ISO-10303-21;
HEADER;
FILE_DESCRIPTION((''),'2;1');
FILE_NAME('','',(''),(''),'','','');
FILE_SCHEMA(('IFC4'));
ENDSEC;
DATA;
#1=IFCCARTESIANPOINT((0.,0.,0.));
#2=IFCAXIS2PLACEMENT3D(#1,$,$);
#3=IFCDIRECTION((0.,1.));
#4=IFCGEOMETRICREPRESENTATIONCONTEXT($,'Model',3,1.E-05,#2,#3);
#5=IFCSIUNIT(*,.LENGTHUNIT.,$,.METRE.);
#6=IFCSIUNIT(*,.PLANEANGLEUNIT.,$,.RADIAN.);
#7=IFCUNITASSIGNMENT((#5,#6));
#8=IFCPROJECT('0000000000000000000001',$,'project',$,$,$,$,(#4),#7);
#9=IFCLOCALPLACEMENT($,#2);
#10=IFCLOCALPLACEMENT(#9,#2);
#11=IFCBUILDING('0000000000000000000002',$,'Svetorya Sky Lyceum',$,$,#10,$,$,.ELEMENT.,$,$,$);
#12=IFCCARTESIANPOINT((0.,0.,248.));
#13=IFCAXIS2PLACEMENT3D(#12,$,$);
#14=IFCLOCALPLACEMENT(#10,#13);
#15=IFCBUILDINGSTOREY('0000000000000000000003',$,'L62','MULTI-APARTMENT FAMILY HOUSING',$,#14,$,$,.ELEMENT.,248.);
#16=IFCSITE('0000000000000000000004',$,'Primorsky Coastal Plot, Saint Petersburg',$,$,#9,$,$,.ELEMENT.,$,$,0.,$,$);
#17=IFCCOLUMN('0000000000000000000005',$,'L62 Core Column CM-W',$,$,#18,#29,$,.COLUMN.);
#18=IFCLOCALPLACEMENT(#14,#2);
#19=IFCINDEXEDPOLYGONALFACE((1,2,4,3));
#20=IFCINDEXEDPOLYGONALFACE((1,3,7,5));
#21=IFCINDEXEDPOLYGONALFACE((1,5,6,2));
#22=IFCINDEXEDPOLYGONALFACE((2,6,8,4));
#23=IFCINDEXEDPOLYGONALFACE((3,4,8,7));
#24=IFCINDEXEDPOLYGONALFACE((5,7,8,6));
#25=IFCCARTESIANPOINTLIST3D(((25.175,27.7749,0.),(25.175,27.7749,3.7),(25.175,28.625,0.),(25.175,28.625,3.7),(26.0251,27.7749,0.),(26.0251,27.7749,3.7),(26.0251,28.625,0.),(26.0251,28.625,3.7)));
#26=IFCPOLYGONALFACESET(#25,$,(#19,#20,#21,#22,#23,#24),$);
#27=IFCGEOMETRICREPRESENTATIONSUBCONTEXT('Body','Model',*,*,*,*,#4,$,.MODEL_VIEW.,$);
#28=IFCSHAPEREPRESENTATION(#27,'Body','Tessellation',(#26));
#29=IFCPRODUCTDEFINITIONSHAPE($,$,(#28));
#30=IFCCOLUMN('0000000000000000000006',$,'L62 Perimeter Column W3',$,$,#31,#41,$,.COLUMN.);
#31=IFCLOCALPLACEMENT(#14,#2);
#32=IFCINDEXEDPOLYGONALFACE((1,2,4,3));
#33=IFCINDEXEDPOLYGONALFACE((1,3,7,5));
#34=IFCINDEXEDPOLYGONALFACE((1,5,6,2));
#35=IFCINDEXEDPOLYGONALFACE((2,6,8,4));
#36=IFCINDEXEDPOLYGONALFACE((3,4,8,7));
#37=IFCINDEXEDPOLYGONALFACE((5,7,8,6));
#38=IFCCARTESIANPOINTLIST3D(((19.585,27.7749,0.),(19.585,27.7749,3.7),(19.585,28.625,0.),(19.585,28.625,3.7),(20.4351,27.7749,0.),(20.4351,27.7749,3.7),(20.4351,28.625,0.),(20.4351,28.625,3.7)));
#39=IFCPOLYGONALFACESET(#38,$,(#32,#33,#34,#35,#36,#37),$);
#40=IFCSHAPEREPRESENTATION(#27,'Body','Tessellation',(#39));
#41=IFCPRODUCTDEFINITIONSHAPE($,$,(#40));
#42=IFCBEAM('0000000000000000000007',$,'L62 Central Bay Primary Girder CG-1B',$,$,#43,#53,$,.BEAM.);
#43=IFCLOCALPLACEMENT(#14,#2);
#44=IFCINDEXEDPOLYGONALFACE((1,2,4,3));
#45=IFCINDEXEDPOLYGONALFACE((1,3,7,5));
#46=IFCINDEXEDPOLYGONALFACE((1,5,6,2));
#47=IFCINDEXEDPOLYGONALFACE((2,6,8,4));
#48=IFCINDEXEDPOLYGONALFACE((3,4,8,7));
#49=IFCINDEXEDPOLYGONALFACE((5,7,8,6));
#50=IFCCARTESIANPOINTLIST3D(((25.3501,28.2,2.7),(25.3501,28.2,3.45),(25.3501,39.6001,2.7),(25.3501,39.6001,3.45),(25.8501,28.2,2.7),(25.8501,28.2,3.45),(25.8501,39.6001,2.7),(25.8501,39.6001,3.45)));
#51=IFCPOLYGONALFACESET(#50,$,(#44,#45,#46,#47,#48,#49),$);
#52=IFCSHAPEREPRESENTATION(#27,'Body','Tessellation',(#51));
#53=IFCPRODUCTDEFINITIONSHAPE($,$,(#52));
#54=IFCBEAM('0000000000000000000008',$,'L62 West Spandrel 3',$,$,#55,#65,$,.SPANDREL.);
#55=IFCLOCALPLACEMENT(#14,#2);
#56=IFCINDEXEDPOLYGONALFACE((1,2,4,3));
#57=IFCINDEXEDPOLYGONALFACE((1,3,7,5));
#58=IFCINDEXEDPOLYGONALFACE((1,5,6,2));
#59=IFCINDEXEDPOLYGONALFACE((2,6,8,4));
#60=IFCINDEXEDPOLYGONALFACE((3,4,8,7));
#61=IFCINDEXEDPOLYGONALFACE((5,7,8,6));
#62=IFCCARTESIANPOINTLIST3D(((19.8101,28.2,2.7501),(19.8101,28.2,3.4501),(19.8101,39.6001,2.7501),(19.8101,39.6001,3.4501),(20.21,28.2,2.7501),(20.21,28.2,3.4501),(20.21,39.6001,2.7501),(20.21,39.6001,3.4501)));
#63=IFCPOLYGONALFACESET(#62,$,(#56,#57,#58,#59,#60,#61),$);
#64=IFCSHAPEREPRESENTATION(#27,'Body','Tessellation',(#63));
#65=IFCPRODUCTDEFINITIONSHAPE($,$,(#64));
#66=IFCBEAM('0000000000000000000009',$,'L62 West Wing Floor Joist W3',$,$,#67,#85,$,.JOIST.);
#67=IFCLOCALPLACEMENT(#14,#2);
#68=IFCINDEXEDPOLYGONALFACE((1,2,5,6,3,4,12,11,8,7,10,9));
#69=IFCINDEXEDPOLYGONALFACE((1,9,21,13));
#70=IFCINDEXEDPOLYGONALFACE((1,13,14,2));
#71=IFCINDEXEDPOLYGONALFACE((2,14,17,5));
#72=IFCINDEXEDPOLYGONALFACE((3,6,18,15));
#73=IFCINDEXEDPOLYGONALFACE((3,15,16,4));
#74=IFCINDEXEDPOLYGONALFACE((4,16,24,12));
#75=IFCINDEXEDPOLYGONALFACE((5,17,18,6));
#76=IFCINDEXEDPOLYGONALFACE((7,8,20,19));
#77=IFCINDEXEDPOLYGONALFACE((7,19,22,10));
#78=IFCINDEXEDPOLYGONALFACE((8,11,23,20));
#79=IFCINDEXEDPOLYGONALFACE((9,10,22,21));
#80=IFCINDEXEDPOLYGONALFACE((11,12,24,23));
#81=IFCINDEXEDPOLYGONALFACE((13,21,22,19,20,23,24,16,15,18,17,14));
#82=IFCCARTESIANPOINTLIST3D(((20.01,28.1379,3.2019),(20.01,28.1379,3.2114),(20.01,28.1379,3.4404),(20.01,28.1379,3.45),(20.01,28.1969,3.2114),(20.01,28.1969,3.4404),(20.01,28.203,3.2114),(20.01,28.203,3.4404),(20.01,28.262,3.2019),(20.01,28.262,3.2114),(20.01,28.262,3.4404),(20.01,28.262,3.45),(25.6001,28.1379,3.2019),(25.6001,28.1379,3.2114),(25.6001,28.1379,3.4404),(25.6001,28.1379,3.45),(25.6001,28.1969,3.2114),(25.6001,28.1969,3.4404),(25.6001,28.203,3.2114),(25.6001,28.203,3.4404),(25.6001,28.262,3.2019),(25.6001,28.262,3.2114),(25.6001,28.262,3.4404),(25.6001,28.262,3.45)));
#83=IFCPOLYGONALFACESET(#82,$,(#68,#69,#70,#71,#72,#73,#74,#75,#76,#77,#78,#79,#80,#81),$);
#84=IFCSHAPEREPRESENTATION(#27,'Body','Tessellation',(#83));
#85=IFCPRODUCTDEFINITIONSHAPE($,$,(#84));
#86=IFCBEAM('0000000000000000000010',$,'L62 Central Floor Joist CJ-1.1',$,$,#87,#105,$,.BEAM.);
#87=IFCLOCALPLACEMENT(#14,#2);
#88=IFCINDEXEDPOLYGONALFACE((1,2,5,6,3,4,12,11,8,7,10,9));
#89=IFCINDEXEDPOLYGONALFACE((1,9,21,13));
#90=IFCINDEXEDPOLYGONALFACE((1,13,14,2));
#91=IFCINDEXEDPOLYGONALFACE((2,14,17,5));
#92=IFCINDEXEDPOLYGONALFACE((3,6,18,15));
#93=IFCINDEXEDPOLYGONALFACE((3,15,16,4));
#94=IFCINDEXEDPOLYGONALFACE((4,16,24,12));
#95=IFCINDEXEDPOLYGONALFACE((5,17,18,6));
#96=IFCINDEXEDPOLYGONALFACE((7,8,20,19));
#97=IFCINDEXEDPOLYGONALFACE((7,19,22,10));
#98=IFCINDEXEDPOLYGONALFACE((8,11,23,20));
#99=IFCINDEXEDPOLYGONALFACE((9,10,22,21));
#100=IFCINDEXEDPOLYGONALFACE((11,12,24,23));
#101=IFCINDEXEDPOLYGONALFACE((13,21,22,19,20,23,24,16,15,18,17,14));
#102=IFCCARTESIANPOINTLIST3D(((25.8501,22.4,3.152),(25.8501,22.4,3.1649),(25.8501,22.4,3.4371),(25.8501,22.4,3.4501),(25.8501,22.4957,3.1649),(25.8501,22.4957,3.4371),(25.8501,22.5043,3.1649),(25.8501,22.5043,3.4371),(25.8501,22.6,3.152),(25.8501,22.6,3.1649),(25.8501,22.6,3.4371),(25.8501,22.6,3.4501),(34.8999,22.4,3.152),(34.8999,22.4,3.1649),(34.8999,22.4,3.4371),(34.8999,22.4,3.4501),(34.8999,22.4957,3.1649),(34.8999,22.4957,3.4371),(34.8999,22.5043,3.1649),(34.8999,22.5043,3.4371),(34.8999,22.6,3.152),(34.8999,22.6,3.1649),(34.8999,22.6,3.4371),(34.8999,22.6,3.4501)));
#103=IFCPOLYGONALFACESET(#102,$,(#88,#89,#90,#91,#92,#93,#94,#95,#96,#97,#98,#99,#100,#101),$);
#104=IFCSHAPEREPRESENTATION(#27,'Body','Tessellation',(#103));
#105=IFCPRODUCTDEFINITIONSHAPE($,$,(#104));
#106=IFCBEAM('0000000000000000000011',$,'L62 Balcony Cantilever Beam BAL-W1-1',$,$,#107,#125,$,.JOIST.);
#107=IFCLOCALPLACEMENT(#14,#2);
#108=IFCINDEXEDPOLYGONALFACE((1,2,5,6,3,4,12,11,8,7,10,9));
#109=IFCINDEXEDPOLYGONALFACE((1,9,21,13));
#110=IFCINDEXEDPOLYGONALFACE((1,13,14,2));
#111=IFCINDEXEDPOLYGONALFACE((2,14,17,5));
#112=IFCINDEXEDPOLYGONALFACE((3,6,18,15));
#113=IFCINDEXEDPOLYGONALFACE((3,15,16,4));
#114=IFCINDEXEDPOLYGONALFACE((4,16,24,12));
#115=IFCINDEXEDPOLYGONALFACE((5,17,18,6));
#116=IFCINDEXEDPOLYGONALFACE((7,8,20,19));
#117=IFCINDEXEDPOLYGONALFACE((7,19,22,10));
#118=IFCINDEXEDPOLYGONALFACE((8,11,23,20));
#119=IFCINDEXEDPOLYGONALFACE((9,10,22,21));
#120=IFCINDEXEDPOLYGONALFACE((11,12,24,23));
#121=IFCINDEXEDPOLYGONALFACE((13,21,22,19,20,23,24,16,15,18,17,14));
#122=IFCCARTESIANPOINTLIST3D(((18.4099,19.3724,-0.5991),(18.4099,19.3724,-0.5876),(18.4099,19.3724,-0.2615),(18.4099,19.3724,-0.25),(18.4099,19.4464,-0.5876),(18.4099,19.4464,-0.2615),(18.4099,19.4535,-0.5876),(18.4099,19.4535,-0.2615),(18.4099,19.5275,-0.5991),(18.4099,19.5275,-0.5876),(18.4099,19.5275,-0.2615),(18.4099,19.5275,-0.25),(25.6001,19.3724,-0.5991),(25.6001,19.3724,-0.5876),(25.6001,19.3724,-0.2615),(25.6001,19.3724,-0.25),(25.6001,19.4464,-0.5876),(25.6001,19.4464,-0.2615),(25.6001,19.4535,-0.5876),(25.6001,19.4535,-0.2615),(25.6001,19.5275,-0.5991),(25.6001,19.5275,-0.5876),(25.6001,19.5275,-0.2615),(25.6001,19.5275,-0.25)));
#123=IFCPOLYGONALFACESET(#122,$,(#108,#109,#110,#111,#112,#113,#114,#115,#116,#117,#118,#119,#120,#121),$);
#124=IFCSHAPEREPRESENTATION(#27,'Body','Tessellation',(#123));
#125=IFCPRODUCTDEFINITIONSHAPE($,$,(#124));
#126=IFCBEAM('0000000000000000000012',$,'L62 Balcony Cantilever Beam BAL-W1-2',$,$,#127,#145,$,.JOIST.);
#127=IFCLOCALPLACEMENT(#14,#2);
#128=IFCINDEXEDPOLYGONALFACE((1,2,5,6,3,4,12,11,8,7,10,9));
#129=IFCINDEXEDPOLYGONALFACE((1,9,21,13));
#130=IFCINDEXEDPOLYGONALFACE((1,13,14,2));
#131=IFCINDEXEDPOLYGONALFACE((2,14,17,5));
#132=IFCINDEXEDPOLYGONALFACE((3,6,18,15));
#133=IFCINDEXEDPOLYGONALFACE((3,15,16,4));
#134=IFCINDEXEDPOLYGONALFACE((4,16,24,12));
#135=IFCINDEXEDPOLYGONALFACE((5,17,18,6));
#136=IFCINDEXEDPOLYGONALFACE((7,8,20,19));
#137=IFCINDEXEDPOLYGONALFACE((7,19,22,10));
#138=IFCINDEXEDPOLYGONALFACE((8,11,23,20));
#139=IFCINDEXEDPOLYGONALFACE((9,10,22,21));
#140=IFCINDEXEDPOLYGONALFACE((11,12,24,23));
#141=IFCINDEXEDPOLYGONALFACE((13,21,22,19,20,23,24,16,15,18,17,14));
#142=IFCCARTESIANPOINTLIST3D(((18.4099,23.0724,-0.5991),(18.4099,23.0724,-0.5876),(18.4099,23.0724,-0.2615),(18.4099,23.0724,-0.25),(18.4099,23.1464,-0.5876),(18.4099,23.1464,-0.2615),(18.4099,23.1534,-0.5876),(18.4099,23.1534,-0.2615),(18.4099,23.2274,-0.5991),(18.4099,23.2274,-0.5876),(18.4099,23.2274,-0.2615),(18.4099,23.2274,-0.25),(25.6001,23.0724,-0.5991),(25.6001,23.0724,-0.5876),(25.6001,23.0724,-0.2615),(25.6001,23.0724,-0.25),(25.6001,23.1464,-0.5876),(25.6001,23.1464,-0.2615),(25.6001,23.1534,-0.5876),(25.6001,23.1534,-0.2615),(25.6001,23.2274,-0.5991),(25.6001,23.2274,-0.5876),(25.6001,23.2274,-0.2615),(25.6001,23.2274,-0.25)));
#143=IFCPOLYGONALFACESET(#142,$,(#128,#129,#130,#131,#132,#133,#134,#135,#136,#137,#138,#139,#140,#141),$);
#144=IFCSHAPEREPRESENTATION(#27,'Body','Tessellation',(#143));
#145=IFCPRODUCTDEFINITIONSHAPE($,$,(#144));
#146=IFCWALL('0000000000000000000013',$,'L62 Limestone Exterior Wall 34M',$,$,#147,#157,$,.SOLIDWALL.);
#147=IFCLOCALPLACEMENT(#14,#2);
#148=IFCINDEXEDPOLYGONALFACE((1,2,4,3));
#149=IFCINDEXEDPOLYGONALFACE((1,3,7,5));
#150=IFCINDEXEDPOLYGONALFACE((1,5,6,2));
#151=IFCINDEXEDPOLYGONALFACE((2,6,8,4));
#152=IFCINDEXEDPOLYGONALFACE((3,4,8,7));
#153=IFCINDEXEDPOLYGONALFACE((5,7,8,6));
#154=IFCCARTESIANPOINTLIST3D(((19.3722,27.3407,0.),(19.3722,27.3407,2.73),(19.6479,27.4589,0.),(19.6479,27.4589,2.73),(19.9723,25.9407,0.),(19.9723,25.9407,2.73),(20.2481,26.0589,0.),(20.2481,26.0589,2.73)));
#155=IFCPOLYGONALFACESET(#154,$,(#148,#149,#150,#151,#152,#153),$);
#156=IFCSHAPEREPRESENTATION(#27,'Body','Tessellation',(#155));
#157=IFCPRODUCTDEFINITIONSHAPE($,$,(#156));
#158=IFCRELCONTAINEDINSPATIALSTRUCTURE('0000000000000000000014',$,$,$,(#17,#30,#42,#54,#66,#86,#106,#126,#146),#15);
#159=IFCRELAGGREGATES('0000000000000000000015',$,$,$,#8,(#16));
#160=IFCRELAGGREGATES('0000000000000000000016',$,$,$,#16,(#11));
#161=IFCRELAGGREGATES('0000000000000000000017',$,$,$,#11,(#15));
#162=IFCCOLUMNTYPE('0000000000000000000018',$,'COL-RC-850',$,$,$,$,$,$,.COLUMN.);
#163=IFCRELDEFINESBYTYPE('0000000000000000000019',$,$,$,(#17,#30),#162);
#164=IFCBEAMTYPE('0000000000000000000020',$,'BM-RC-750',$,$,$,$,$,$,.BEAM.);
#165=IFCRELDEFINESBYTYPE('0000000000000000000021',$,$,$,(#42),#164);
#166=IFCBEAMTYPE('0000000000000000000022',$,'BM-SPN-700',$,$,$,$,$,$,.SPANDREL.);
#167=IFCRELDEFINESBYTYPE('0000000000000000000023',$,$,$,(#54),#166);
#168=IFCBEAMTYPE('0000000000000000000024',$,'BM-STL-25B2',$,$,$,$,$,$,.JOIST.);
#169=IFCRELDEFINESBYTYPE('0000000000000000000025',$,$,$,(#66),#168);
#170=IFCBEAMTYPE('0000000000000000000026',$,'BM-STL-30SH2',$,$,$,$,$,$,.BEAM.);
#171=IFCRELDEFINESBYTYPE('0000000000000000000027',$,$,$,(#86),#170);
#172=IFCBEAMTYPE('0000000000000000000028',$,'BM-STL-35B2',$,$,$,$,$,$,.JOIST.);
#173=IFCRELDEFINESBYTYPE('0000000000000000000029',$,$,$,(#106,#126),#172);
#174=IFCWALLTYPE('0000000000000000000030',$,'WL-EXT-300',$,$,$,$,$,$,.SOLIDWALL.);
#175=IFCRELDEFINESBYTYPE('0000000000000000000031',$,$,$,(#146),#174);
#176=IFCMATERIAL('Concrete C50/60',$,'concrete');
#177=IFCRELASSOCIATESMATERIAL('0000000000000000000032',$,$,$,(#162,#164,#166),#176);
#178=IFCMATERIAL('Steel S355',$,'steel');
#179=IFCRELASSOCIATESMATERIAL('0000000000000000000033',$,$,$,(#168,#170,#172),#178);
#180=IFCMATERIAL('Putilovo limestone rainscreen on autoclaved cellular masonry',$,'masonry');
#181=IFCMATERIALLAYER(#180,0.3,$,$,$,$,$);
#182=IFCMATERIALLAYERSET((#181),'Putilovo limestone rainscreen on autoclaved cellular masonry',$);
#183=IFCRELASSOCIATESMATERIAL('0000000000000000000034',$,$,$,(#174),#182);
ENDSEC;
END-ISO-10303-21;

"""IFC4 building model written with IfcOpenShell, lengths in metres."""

from ifc_helpers import new_model, si_unit, direction, frame, frame_2d, origin, origin_2d, place, context, subcontext, project, spatial, rectangle, i_section, extrude, material, layer, layer_set, material_profile, profile_set, type_object, element, save


model = new_model("IFC4")

# Units and contexts
model_context = context("Model", 3, precision=1e-05, world=origin(), true_north=direction((0.0, 1.0)))
body_context = subcontext(model_context, "Body", "Model", "MODEL_VIEW")
ifc_project = project(units=[si_unit("LENGTHUNIT", "METRE"), si_unit("PLANEANGLEUNIT", "RADIAN")], contexts=[model_context])

# Site, building, storey
site_placement = place(None, origin())
site = spatial("IfcSite", under=ifc_project, at=site_placement, Name="Primorsky Coastal Plot, Saint Petersburg", CompositionType="ELEMENT", RefElevation=0.0)
building_placement = place(site_placement, origin())
building = spatial("IfcBuilding", under=site, at=building_placement, Name="Svetorya Sky Lyceum", CompositionType="ELEMENT")
storey_placement = place(building_placement, frame((0.0, 0.0, 248.0)))
storey = spatial("IfcBuildingStorey", under=building, at=storey_placement, Name="L62", Description="MULTI-APARTMENT FAMILY HOUSING", CompositionType="ELEMENT", Elevation=248.0)

# Columns
ifc_material_1 = material(Name="Concrete C50/60", Category="concrete")
ifc_material_profile_1 = material_profile(ifc_material_1, rectangle(XDim=0.8501, YDim=0.8501, at=origin_2d()), Name="RC COL 850x850")
ifc_profile_set_1 = profile_set([ifc_material_profile_1], Name="Concrete C50/60")
column_type = type_object("IfcColumnType", Name="COL-RC-850", PredefinedType="COLUMN", material=ifc_profile_set_1)
for number, where, z_axis, x_axis, name in (
    (1, (25.6001, 28.2, 0.0), (0.0, 0.0, 1.0), (1.0, 0.0, 0.0), "L62 Core Column CM-W"),
    (2, (20.01, 28.2, 0.0), (0.0, 0.0, 1.0), (1.0, 0.0, 0.0), "L62 Perimeter Column W3"),
):
    element("IfcColumn", number, at=place(storey_placement, frame(where, z_axis=z_axis, x_axis=x_axis)), inside=storey, type_object=column_type, Name=name, PredefinedType="COLUMN", context=body_context, shape_type="SweptSolid", body=[
        extrude(rectangle(XDim=0.8501, YDim=0.8501, at=origin_2d()), origin(), (0.0, 0.0, 1.0), 3.7),
    ])

# Beams
ifc_material_profile_2 = material_profile(ifc_material_1, rectangle(XDim=0.5, YDim=0.75, at=origin_2d()), Name="RC BEAM 500x750")
ifc_profile_set_2 = profile_set([ifc_material_profile_2], Name="Concrete C50/60")
beam_type_1 = type_object("IfcBeamType", Name="BM-RC-750", PredefinedType="BEAM", material=ifc_profile_set_2)
beam_1_placement = place(storey_placement, frame((25.6001, 28.2, 3.075), z_axis=(0.0, 1.0, 0.0), x_axis=(-1.0, 0.0, 0.0)))
element("IfcBeam", 3, at=beam_1_placement, inside=storey, type_object=beam_type_1, Name="L62 Central Bay Primary Girder CG-1B", PredefinedType="BEAM", context=body_context, shape_type="SweptSolid", body=[
    extrude(rectangle(XDim=0.5, YDim=0.75, at=origin_2d()), origin(), (0.0, 0.0, 1.0), 11.4001),
])
ifc_material_profile_3 = material_profile(ifc_material_1, rectangle(XDim=0.3999, YDim=0.7, at=origin_2d()), Name="RC SPANDREL 400x700")
ifc_profile_set_3 = profile_set([ifc_material_profile_3], Name="Concrete C50/60")
beam_type_2 = type_object("IfcBeamType", Name="BM-SPN-700", PredefinedType="SPANDREL", material=ifc_profile_set_3)
beam_2_placement = place(storey_placement, frame((20.01, 28.2, 3.1001), z_axis=(0.0, 1.0, 0.0), x_axis=(-1.0, 0.0, 0.0)))
element("IfcBeam", 4, at=beam_2_placement, inside=storey, type_object=beam_type_2, Name="L62 West Spandrel 3", PredefinedType="SPANDREL", context=body_context, shape_type="SweptSolid", body=[
    extrude(rectangle(XDim=0.3999, YDim=0.7, at=origin_2d()), origin(), (0.0, 0.0, 1.0), 11.4001),
])
ifc_material_2 = material(Name="Steel S355", Category="steel")
ifc_material_profile_4 = material_profile(ifc_material_2, i_section(OverallWidth=0.124, OverallDepth=0.248, WebThickness=0.0061, FlangeThickness=0.0095, at=origin_2d()), Name="GOST 25B2")
ifc_profile_set_4 = profile_set([ifc_material_profile_4], Name="Steel S355")
beam_type_3 = type_object("IfcBeamType", Name="BM-STL-25B2", PredefinedType="JOIST", material=ifc_profile_set_4)
beam_3_placement = place(storey_placement, frame((20.01, 28.2, 3.3259), z_axis=(1.0, 0.0, 0.0), x_axis=(0.0, 1.0, 0.0)))
element("IfcBeam", 5, at=beam_3_placement, inside=storey, type_object=beam_type_3, Name="L62 West Wing Floor Joist W3", PredefinedType="JOIST", context=body_context, shape_type="SweptSolid", body=[
    extrude(i_section(OverallWidth=0.124, OverallDepth=0.248, WebThickness=0.0061, FlangeThickness=0.0095, at=origin_2d()), origin(), (0.0, 0.0, 1.0), 5.5901),
])
ifc_material_profile_5 = material_profile(ifc_material_2, i_section(OverallWidth=0.2, OverallDepth=0.2981, WebThickness=0.0085, FlangeThickness=0.0129, at=origin_2d()), Name="GOST 30Sh2")
ifc_profile_set_5 = profile_set([ifc_material_profile_5], Name="Steel S355")
beam_type_4 = type_object("IfcBeamType", Name="BM-STL-30SH2", PredefinedType="BEAM", material=ifc_profile_set_5)
beam_4_placement = place(storey_placement, frame((25.8501, 22.5, 3.301), z_axis=(1.0, 0.0, 0.0), x_axis=(0.0, 1.0, 0.0)))
element("IfcBeam", 6, at=beam_4_placement, inside=storey, type_object=beam_type_4, Name="L62 Central Floor Joist CJ-1.1", PredefinedType="BEAM", context=body_context, shape_type="SweptSolid", body=[
    extrude(i_section(OverallWidth=0.2, OverallDepth=0.2981, WebThickness=0.0085, FlangeThickness=0.0129, at=origin_2d()), origin(), (0.0, 0.0, 1.0), 9.0498),
])
ifc_material_profile_6 = material_profile(ifc_material_2, i_section(OverallWidth=0.155, OverallDepth=0.3491, WebThickness=0.0071, FlangeThickness=0.0115, at=origin_2d()), Name="GOST 35B2")
ifc_profile_set_6 = profile_set([ifc_material_profile_6], Name="Steel S355")
beam_type_5 = type_object("IfcBeamType", Name="BM-STL-35B2", PredefinedType="JOIST", material=ifc_profile_set_6)
for number, where, z_axis, x_axis, name in (
    (7, (25.6001, 19.45, -0.4246), (-1.0, 0.0, 0.0), (0.0, -1.0, 0.0), "L62 Balcony Cantilever Beam BAL-W1-1"),
    (8, (25.6001, 23.1499, -0.4246), (-1.0, 0.0, 0.0), (0.0, -1.0, 0.0), "L62 Balcony Cantilever Beam BAL-W1-2"),
):
    element("IfcBeam", number, at=place(storey_placement, frame(where, z_axis=z_axis, x_axis=x_axis)), inside=storey, type_object=beam_type_5, Name=name, PredefinedType="JOIST", context=body_context, shape_type="SweptSolid", body=[
        extrude(i_section(OverallWidth=0.155, OverallDepth=0.3491, WebThickness=0.0071, FlangeThickness=0.0115, at=origin_2d()), origin(), (0.0, 0.0, 1.0), 7.1902),
    ])

# Wall
ifc_material_3 = material(Name="Putilovo limestone rainscreen on autoclaved cellular masonry", Category="masonry")
ifc_layer_1 = layer(ifc_material_3, 0.3)
ifc_layer_set_1 = layer_set([ifc_layer_1], Name="Putilovo limestone rainscreen on autoclaved cellular masonry")
wall_type_1 = type_object("IfcWallType", Name="WL-EXT-300", PredefinedType="SOLIDWALL", material=ifc_layer_set_1)
wall_1_placement = place(storey_placement, frame((19.51, 27.3999, 0.0), z_axis=(0.0, 0.0, 1.0), x_axis=(0.393997, -0.919112, 0.0)))
element("IfcWall", 9, at=wall_1_placement, inside=storey, type_object=wall_type_1, Name="L62 Limestone Exterior Wall 34M", PredefinedType="SOLIDWALL", context=body_context, shape_type="SweptSolid", body=[
    extrude(rectangle(XDim=1.5232, YDim=0.3, at=frame_2d((0.7617, 0.0))), origin(), (0.0, 0.0, 1.0), 2.73),
])

save(model, "model.ifc")
